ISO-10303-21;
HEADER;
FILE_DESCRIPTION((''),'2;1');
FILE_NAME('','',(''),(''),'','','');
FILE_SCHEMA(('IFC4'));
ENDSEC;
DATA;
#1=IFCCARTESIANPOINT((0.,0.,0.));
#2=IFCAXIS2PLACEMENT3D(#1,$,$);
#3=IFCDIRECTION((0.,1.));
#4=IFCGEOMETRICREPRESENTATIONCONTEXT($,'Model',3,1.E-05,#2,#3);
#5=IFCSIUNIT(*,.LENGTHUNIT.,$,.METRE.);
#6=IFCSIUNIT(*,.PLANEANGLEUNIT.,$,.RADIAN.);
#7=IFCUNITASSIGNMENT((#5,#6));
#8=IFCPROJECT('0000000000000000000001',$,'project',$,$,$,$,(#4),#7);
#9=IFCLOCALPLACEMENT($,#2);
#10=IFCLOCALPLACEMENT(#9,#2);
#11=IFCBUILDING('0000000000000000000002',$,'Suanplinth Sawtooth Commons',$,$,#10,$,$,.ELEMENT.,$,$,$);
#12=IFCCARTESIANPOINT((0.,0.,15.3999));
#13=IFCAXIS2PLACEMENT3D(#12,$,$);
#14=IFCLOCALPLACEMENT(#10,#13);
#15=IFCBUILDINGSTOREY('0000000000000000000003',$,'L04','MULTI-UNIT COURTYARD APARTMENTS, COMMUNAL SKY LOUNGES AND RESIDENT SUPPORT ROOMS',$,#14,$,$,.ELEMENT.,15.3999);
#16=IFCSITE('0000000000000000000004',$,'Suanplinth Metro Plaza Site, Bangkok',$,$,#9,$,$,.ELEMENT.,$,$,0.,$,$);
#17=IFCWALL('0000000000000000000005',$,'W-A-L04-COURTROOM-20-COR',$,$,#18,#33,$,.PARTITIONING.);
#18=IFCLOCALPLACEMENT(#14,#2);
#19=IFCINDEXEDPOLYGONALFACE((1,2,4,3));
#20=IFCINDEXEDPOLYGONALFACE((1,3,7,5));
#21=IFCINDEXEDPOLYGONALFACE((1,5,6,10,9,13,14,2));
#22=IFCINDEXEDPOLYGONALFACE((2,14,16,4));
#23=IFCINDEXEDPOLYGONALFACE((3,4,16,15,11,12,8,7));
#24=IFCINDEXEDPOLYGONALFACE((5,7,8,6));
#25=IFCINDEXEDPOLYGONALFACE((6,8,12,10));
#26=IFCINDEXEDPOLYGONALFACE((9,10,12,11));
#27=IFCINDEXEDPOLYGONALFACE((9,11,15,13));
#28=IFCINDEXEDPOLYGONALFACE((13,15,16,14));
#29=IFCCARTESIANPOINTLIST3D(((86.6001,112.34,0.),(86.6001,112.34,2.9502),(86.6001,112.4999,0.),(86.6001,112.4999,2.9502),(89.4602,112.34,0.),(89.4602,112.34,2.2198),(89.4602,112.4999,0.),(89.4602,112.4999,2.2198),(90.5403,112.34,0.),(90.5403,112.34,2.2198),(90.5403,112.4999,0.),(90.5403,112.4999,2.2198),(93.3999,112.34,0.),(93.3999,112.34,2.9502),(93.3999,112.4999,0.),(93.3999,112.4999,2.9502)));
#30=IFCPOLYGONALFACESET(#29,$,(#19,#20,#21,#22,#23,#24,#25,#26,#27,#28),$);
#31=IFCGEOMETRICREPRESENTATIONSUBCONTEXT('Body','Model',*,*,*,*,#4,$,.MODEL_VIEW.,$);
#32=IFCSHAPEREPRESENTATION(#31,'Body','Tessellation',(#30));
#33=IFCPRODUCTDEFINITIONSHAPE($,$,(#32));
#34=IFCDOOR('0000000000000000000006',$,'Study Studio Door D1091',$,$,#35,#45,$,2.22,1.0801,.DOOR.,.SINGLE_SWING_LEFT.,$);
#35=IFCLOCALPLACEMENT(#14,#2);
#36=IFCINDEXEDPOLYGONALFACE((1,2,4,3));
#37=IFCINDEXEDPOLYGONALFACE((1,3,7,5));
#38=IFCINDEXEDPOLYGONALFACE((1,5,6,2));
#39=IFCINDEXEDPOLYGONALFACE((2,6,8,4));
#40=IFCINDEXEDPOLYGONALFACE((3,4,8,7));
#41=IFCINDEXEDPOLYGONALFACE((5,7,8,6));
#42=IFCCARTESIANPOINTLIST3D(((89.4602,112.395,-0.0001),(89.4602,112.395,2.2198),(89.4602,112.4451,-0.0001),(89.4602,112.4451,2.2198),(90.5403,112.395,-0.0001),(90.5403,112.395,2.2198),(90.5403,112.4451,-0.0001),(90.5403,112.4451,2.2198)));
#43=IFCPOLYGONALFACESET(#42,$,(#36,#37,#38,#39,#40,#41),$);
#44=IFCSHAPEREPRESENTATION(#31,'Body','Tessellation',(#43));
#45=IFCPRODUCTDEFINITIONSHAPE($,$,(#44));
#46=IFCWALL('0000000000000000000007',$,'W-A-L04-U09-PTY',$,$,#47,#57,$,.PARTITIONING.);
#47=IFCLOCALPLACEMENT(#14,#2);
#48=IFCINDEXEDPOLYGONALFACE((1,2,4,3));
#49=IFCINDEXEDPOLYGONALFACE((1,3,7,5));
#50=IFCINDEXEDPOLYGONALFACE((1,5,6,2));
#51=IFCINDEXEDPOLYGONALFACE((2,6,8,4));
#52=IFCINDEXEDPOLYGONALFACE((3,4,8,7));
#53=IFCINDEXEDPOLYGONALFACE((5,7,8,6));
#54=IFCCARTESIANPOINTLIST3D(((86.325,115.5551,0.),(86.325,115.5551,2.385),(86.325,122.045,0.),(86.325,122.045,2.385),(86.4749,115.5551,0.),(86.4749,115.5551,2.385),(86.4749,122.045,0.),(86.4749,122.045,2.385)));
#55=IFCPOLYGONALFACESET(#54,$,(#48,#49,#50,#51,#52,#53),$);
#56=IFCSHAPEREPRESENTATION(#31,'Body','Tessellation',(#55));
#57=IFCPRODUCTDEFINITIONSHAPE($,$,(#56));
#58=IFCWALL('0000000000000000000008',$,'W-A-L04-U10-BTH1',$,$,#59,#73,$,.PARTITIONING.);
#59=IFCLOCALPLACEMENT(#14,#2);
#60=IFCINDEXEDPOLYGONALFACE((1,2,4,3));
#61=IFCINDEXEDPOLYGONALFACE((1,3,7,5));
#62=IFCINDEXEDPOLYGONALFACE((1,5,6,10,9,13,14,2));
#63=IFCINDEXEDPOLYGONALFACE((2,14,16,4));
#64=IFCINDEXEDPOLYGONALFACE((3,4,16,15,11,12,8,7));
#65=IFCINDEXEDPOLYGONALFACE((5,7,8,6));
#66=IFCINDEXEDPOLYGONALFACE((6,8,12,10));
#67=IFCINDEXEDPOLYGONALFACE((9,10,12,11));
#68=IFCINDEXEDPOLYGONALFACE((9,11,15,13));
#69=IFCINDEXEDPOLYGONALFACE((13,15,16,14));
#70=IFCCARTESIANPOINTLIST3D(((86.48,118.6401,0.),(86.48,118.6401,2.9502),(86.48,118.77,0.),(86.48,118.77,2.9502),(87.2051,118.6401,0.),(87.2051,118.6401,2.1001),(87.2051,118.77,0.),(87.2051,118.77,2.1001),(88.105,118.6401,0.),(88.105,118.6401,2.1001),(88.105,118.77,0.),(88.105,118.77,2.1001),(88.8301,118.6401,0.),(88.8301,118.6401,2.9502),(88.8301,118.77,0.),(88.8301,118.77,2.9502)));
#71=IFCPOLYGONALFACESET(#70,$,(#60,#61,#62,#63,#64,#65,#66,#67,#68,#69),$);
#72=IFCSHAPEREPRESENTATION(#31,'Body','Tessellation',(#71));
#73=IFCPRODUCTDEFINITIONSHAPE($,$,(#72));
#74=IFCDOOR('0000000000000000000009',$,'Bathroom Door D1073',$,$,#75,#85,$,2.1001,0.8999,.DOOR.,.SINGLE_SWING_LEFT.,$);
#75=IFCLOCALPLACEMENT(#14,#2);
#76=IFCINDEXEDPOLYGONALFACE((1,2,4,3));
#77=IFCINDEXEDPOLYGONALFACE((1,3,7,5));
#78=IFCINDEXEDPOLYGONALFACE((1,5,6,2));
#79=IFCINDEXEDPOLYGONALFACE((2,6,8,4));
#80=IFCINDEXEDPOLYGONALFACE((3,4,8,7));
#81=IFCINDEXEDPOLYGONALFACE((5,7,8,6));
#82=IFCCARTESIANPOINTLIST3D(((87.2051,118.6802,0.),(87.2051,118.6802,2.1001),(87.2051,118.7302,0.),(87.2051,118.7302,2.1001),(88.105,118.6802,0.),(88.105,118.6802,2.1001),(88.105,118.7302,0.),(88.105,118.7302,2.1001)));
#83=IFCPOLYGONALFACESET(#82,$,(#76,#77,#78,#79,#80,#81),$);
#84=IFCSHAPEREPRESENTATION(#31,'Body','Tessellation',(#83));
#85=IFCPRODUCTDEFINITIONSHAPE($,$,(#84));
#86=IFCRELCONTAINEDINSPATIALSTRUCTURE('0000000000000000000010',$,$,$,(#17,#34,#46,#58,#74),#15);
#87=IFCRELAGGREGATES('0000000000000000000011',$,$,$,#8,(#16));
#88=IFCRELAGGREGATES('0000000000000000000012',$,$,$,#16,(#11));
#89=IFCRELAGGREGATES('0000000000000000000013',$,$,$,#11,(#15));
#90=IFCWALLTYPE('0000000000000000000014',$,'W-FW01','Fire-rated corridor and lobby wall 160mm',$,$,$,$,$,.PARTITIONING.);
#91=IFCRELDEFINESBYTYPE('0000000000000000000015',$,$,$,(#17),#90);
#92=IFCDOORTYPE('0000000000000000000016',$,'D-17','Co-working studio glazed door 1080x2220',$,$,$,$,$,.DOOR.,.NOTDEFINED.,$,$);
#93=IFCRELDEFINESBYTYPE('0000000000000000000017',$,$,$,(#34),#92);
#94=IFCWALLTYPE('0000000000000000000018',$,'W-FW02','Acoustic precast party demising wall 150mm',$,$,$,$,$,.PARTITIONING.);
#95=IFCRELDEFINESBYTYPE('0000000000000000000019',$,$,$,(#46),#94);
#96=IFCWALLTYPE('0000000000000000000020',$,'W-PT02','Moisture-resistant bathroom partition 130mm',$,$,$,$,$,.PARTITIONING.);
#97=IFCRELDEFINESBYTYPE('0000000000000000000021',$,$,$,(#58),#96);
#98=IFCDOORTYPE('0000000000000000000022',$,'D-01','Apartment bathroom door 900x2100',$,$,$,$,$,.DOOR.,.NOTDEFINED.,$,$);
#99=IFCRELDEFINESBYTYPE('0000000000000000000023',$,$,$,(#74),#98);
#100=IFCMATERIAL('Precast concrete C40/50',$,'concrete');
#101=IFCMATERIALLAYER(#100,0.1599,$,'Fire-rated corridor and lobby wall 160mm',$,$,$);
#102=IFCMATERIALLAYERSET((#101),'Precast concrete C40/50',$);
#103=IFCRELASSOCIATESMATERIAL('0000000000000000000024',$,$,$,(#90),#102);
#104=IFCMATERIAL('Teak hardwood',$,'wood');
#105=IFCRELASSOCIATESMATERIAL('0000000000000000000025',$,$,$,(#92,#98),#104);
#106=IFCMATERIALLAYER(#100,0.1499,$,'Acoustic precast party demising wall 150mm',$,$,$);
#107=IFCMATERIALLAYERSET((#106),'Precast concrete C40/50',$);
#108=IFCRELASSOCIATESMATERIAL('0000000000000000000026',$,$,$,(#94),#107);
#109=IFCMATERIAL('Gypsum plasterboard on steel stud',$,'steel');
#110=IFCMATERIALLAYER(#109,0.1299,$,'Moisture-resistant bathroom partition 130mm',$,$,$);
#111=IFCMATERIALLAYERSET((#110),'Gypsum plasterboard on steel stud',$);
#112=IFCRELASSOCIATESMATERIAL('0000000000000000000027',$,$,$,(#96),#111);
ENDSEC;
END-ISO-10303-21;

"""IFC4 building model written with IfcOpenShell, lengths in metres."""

from ifc_helpers import new_model, si_unit, direction, frame, frame_2d, origin, place, context, subcontext, project, spatial, rectangle, extrude, material, layer, layer_set, type_object, element, fill, save


model = new_model("IFC4")

# Units and contexts
model_context = context("Model", 3, precision=1e-05, world=origin(), true_north=direction((0.0, 1.0)))
body_context = subcontext(model_context, "Body", "Model", "MODEL_VIEW")
ifc_project = project(units=[si_unit("LENGTHUNIT", "METRE"), si_unit("PLANEANGLEUNIT", "RADIAN")], contexts=[model_context])

# Site, building, storey
site_placement = place(None, origin())
site = spatial("IfcSite", under=ifc_project, at=site_placement, Name="Suanplinth Metro Plaza Site, Bangkok", CompositionType="ELEMENT", RefElevation=0.0)
building_placement = place(site_placement, origin())
building = spatial("IfcBuilding", under=site, at=building_placement, Name="Suanplinth Sawtooth Commons", CompositionType="ELEMENT")
storey_placement = place(building_placement, frame((0.0, 0.0, 15.3999)))
storey = spatial("IfcBuildingStorey", under=building, at=storey_placement, Name="L04", Description="MULTI-UNIT COURTYARD APARTMENTS, COMMUNAL SKY LOUNGES AND RESIDENT SUPPORT ROOMS", CompositionType="ELEMENT", Elevation=15.3999)

# Shared definitions
ifc_material_1 = material(Name="Precast concrete C40/50", Category="concrete")

# Wall, opening, door
ifc_layer_1 = layer(ifc_material_1, 0.1599, Name="Fire-rated corridor and lobby wall 160mm")
ifc_layer_set_1 = layer_set([ifc_layer_1], Name="Precast concrete C40/50")
wall_type_1 = type_object("IfcWallType", Name="W-FW01", Description="Fire-rated corridor and lobby wall 160mm", PredefinedType="PARTITIONING", material=ifc_layer_set_1)
wall_1_placement = place(storey_placement, frame((86.6001, 112.4199, 0.0), z_axis=(0.0, 0.0, 1.0), x_axis=(1.0, 0.0, 0.0)))
wall_1 = element("IfcWall", 1, at=wall_1_placement, inside=storey, type_object=wall_type_1, Name="W-A-L04-COURTROOM-20-COR", PredefinedType="PARTITIONING", context=body_context, shape_type="SweptSolid", body=[
    extrude(rectangle(XDim=6.7998, YDim=0.1599, at=frame_2d((3.3999, 0.0))), origin(), (0.0, 0.0, 1.0), 2.9502),
])
opening_1_placement = place(wall_1_placement, frame((2.8601, 0.0, 0.0)))
opening_1 = element("IfcOpeningElement", 2, at=opening_1_placement, cuts=wall_1, PredefinedType="OPENING", context=body_context, shape_type="SweptSolid", body=[
    extrude(rectangle(XDim=1.0801, YDim=2.22, at=frame_2d((0.54, 1.1099))), frame((0.0, 0.0947, 0.0), z_axis=(0.0, -1.0, 0.0), x_axis=(1.0, 0.0, 0.0)), (0.0, 0.0, 1.0), 0.1897),
])
ifc_material_2 = material(Name="Teak hardwood", Category="wood")
door_type_1 = type_object("IfcDoorType", Name="D-17", Description="Co-working studio glazed door 1080x2220", OperationType="NOTDEFINED", PredefinedType="DOOR", material=ifc_material_2)
door_1_placement = place(opening_1_placement, frame((1.0801, 0.0, 0.0), z_axis=(0.0, 0.0, 1.0), x_axis=(-1.0, 0.0, 0.0)))
door_1 = element("IfcDoor", 3, at=door_1_placement, inside=storey, type_object=door_type_1, Name="Study Studio Door D1091", OperationType="SINGLE_SWING_LEFT", OverallHeight=2.22, OverallWidth=1.0801, PredefinedType="DOOR", context=body_context, shape_type="SweptSolid", body=[
    extrude(rectangle(XDim=1.0801, YDim=2.22, at=frame_2d((0.54, 1.1099))), frame((0.0, 0.0249, 0.0), z_axis=(0.0, -1.0, 0.0), x_axis=(1.0, 0.0, 0.0)), (0.0, 0.0, 1.0), 0.05),
])
fill(opening_1, door_1)

# Wall
ifc_layer_2 = layer(ifc_material_1, 0.1499, Name="Acoustic precast party demising wall 150mm")
ifc_layer_set_2 = layer_set([ifc_layer_2], Name="Precast concrete C40/50")
wall_type_2 = type_object("IfcWallType", Name="W-FW02", Description="Acoustic precast party demising wall 150mm", PredefinedType="PARTITIONING", material=ifc_layer_set_2)
wall_2_placement = place(storey_placement, frame((86.3999, 115.5549, 0.0), z_axis=(0.0, 0.0, 1.0), x_axis=(0.0, 1.0, 0.0)))
element("IfcWall", 4, at=wall_2_placement, inside=storey, type_object=wall_type_2, Name="W-A-L04-U09-PTY", PredefinedType="PARTITIONING", context=body_context, shape_type="SweptSolid", body=[
    extrude(rectangle(XDim=6.49, YDim=0.1499, at=frame_2d((3.2451, 0.0))), origin(), (0.0, 0.0, 1.0), 2.385),
])

# Wall, opening, door
ifc_material_3 = material(Name="Gypsum plasterboard on steel stud", Category="steel")
ifc_layer_3 = layer(ifc_material_3, 0.1299, Name="Moisture-resistant bathroom partition 130mm")
ifc_layer_set_3 = layer_set([ifc_layer_3], Name="Gypsum plasterboard on steel stud")
wall_type_3 = type_object("IfcWallType", Name="W-PT02", Description="Moisture-resistant bathroom partition 130mm", PredefinedType="PARTITIONING", material=ifc_layer_set_3)
wall_3_placement = place(storey_placement, frame((86.48, 118.7051, 0.0), z_axis=(0.0, 0.0, 1.0), x_axis=(1.0, 0.0, 0.0)))
wall_3 = element("IfcWall", 5, at=wall_3_placement, inside=storey, type_object=wall_type_3, Name="W-A-L04-U10-BTH1", PredefinedType="PARTITIONING", context=body_context, shape_type="SweptSolid", body=[
    extrude(rectangle(XDim=2.3501, YDim=0.1299, at=frame_2d((1.175, 0.0))), origin(), (0.0, 0.0, 1.0), 2.9502),
])
opening_2_placement = place(wall_3_placement, frame((0.7251, 0.0, 0.0)))
opening_2 = element("IfcOpeningElement", 6, at=opening_2_placement, cuts=wall_3, PredefinedType="OPENING", context=body_context, shape_type="SweptSolid", body=[
    extrude(rectangle(XDim=0.8999, YDim=2.1001, at=frame_2d((0.45, 1.05))), frame((0.0, 0.0798, 0.0), z_axis=(0.0, -1.0, 0.0), x_axis=(1.0, 0.0, 0.0)), (0.0, 0.0, 1.0), 0.1597),
])
door_type_2 = type_object("IfcDoorType", Name="D-01", Description="Apartment bathroom door 900x2100", OperationType="NOTDEFINED", PredefinedType="DOOR", material=ifc_material_2)
door_2_placement = place(opening_2_placement, frame((0.8999, 0.0, 0.0), z_axis=(0.0, 0.0, 1.0), x_axis=(-1.0, 0.0, 0.0)))
door_2 = element("IfcDoor", 7, at=door_2_placement, inside=storey, type_object=door_type_2, Name="Bathroom Door D1073", OperationType="SINGLE_SWING_LEFT", OverallHeight=2.1001, OverallWidth=0.8999, PredefinedType="DOOR", context=body_context, shape_type="SweptSolid", body=[
    extrude(rectangle(XDim=0.8999, YDim=2.1001, at=frame_2d((0.45, 1.05))), frame((0.0, 0.0249, 0.0), z_axis=(0.0, -1.0, 0.0), x_axis=(1.0, 0.0, 0.0)), (0.0, 0.0, 1.0), 0.05),
])
fill(opening_2, door_2)

save(model, "model.ifc")
